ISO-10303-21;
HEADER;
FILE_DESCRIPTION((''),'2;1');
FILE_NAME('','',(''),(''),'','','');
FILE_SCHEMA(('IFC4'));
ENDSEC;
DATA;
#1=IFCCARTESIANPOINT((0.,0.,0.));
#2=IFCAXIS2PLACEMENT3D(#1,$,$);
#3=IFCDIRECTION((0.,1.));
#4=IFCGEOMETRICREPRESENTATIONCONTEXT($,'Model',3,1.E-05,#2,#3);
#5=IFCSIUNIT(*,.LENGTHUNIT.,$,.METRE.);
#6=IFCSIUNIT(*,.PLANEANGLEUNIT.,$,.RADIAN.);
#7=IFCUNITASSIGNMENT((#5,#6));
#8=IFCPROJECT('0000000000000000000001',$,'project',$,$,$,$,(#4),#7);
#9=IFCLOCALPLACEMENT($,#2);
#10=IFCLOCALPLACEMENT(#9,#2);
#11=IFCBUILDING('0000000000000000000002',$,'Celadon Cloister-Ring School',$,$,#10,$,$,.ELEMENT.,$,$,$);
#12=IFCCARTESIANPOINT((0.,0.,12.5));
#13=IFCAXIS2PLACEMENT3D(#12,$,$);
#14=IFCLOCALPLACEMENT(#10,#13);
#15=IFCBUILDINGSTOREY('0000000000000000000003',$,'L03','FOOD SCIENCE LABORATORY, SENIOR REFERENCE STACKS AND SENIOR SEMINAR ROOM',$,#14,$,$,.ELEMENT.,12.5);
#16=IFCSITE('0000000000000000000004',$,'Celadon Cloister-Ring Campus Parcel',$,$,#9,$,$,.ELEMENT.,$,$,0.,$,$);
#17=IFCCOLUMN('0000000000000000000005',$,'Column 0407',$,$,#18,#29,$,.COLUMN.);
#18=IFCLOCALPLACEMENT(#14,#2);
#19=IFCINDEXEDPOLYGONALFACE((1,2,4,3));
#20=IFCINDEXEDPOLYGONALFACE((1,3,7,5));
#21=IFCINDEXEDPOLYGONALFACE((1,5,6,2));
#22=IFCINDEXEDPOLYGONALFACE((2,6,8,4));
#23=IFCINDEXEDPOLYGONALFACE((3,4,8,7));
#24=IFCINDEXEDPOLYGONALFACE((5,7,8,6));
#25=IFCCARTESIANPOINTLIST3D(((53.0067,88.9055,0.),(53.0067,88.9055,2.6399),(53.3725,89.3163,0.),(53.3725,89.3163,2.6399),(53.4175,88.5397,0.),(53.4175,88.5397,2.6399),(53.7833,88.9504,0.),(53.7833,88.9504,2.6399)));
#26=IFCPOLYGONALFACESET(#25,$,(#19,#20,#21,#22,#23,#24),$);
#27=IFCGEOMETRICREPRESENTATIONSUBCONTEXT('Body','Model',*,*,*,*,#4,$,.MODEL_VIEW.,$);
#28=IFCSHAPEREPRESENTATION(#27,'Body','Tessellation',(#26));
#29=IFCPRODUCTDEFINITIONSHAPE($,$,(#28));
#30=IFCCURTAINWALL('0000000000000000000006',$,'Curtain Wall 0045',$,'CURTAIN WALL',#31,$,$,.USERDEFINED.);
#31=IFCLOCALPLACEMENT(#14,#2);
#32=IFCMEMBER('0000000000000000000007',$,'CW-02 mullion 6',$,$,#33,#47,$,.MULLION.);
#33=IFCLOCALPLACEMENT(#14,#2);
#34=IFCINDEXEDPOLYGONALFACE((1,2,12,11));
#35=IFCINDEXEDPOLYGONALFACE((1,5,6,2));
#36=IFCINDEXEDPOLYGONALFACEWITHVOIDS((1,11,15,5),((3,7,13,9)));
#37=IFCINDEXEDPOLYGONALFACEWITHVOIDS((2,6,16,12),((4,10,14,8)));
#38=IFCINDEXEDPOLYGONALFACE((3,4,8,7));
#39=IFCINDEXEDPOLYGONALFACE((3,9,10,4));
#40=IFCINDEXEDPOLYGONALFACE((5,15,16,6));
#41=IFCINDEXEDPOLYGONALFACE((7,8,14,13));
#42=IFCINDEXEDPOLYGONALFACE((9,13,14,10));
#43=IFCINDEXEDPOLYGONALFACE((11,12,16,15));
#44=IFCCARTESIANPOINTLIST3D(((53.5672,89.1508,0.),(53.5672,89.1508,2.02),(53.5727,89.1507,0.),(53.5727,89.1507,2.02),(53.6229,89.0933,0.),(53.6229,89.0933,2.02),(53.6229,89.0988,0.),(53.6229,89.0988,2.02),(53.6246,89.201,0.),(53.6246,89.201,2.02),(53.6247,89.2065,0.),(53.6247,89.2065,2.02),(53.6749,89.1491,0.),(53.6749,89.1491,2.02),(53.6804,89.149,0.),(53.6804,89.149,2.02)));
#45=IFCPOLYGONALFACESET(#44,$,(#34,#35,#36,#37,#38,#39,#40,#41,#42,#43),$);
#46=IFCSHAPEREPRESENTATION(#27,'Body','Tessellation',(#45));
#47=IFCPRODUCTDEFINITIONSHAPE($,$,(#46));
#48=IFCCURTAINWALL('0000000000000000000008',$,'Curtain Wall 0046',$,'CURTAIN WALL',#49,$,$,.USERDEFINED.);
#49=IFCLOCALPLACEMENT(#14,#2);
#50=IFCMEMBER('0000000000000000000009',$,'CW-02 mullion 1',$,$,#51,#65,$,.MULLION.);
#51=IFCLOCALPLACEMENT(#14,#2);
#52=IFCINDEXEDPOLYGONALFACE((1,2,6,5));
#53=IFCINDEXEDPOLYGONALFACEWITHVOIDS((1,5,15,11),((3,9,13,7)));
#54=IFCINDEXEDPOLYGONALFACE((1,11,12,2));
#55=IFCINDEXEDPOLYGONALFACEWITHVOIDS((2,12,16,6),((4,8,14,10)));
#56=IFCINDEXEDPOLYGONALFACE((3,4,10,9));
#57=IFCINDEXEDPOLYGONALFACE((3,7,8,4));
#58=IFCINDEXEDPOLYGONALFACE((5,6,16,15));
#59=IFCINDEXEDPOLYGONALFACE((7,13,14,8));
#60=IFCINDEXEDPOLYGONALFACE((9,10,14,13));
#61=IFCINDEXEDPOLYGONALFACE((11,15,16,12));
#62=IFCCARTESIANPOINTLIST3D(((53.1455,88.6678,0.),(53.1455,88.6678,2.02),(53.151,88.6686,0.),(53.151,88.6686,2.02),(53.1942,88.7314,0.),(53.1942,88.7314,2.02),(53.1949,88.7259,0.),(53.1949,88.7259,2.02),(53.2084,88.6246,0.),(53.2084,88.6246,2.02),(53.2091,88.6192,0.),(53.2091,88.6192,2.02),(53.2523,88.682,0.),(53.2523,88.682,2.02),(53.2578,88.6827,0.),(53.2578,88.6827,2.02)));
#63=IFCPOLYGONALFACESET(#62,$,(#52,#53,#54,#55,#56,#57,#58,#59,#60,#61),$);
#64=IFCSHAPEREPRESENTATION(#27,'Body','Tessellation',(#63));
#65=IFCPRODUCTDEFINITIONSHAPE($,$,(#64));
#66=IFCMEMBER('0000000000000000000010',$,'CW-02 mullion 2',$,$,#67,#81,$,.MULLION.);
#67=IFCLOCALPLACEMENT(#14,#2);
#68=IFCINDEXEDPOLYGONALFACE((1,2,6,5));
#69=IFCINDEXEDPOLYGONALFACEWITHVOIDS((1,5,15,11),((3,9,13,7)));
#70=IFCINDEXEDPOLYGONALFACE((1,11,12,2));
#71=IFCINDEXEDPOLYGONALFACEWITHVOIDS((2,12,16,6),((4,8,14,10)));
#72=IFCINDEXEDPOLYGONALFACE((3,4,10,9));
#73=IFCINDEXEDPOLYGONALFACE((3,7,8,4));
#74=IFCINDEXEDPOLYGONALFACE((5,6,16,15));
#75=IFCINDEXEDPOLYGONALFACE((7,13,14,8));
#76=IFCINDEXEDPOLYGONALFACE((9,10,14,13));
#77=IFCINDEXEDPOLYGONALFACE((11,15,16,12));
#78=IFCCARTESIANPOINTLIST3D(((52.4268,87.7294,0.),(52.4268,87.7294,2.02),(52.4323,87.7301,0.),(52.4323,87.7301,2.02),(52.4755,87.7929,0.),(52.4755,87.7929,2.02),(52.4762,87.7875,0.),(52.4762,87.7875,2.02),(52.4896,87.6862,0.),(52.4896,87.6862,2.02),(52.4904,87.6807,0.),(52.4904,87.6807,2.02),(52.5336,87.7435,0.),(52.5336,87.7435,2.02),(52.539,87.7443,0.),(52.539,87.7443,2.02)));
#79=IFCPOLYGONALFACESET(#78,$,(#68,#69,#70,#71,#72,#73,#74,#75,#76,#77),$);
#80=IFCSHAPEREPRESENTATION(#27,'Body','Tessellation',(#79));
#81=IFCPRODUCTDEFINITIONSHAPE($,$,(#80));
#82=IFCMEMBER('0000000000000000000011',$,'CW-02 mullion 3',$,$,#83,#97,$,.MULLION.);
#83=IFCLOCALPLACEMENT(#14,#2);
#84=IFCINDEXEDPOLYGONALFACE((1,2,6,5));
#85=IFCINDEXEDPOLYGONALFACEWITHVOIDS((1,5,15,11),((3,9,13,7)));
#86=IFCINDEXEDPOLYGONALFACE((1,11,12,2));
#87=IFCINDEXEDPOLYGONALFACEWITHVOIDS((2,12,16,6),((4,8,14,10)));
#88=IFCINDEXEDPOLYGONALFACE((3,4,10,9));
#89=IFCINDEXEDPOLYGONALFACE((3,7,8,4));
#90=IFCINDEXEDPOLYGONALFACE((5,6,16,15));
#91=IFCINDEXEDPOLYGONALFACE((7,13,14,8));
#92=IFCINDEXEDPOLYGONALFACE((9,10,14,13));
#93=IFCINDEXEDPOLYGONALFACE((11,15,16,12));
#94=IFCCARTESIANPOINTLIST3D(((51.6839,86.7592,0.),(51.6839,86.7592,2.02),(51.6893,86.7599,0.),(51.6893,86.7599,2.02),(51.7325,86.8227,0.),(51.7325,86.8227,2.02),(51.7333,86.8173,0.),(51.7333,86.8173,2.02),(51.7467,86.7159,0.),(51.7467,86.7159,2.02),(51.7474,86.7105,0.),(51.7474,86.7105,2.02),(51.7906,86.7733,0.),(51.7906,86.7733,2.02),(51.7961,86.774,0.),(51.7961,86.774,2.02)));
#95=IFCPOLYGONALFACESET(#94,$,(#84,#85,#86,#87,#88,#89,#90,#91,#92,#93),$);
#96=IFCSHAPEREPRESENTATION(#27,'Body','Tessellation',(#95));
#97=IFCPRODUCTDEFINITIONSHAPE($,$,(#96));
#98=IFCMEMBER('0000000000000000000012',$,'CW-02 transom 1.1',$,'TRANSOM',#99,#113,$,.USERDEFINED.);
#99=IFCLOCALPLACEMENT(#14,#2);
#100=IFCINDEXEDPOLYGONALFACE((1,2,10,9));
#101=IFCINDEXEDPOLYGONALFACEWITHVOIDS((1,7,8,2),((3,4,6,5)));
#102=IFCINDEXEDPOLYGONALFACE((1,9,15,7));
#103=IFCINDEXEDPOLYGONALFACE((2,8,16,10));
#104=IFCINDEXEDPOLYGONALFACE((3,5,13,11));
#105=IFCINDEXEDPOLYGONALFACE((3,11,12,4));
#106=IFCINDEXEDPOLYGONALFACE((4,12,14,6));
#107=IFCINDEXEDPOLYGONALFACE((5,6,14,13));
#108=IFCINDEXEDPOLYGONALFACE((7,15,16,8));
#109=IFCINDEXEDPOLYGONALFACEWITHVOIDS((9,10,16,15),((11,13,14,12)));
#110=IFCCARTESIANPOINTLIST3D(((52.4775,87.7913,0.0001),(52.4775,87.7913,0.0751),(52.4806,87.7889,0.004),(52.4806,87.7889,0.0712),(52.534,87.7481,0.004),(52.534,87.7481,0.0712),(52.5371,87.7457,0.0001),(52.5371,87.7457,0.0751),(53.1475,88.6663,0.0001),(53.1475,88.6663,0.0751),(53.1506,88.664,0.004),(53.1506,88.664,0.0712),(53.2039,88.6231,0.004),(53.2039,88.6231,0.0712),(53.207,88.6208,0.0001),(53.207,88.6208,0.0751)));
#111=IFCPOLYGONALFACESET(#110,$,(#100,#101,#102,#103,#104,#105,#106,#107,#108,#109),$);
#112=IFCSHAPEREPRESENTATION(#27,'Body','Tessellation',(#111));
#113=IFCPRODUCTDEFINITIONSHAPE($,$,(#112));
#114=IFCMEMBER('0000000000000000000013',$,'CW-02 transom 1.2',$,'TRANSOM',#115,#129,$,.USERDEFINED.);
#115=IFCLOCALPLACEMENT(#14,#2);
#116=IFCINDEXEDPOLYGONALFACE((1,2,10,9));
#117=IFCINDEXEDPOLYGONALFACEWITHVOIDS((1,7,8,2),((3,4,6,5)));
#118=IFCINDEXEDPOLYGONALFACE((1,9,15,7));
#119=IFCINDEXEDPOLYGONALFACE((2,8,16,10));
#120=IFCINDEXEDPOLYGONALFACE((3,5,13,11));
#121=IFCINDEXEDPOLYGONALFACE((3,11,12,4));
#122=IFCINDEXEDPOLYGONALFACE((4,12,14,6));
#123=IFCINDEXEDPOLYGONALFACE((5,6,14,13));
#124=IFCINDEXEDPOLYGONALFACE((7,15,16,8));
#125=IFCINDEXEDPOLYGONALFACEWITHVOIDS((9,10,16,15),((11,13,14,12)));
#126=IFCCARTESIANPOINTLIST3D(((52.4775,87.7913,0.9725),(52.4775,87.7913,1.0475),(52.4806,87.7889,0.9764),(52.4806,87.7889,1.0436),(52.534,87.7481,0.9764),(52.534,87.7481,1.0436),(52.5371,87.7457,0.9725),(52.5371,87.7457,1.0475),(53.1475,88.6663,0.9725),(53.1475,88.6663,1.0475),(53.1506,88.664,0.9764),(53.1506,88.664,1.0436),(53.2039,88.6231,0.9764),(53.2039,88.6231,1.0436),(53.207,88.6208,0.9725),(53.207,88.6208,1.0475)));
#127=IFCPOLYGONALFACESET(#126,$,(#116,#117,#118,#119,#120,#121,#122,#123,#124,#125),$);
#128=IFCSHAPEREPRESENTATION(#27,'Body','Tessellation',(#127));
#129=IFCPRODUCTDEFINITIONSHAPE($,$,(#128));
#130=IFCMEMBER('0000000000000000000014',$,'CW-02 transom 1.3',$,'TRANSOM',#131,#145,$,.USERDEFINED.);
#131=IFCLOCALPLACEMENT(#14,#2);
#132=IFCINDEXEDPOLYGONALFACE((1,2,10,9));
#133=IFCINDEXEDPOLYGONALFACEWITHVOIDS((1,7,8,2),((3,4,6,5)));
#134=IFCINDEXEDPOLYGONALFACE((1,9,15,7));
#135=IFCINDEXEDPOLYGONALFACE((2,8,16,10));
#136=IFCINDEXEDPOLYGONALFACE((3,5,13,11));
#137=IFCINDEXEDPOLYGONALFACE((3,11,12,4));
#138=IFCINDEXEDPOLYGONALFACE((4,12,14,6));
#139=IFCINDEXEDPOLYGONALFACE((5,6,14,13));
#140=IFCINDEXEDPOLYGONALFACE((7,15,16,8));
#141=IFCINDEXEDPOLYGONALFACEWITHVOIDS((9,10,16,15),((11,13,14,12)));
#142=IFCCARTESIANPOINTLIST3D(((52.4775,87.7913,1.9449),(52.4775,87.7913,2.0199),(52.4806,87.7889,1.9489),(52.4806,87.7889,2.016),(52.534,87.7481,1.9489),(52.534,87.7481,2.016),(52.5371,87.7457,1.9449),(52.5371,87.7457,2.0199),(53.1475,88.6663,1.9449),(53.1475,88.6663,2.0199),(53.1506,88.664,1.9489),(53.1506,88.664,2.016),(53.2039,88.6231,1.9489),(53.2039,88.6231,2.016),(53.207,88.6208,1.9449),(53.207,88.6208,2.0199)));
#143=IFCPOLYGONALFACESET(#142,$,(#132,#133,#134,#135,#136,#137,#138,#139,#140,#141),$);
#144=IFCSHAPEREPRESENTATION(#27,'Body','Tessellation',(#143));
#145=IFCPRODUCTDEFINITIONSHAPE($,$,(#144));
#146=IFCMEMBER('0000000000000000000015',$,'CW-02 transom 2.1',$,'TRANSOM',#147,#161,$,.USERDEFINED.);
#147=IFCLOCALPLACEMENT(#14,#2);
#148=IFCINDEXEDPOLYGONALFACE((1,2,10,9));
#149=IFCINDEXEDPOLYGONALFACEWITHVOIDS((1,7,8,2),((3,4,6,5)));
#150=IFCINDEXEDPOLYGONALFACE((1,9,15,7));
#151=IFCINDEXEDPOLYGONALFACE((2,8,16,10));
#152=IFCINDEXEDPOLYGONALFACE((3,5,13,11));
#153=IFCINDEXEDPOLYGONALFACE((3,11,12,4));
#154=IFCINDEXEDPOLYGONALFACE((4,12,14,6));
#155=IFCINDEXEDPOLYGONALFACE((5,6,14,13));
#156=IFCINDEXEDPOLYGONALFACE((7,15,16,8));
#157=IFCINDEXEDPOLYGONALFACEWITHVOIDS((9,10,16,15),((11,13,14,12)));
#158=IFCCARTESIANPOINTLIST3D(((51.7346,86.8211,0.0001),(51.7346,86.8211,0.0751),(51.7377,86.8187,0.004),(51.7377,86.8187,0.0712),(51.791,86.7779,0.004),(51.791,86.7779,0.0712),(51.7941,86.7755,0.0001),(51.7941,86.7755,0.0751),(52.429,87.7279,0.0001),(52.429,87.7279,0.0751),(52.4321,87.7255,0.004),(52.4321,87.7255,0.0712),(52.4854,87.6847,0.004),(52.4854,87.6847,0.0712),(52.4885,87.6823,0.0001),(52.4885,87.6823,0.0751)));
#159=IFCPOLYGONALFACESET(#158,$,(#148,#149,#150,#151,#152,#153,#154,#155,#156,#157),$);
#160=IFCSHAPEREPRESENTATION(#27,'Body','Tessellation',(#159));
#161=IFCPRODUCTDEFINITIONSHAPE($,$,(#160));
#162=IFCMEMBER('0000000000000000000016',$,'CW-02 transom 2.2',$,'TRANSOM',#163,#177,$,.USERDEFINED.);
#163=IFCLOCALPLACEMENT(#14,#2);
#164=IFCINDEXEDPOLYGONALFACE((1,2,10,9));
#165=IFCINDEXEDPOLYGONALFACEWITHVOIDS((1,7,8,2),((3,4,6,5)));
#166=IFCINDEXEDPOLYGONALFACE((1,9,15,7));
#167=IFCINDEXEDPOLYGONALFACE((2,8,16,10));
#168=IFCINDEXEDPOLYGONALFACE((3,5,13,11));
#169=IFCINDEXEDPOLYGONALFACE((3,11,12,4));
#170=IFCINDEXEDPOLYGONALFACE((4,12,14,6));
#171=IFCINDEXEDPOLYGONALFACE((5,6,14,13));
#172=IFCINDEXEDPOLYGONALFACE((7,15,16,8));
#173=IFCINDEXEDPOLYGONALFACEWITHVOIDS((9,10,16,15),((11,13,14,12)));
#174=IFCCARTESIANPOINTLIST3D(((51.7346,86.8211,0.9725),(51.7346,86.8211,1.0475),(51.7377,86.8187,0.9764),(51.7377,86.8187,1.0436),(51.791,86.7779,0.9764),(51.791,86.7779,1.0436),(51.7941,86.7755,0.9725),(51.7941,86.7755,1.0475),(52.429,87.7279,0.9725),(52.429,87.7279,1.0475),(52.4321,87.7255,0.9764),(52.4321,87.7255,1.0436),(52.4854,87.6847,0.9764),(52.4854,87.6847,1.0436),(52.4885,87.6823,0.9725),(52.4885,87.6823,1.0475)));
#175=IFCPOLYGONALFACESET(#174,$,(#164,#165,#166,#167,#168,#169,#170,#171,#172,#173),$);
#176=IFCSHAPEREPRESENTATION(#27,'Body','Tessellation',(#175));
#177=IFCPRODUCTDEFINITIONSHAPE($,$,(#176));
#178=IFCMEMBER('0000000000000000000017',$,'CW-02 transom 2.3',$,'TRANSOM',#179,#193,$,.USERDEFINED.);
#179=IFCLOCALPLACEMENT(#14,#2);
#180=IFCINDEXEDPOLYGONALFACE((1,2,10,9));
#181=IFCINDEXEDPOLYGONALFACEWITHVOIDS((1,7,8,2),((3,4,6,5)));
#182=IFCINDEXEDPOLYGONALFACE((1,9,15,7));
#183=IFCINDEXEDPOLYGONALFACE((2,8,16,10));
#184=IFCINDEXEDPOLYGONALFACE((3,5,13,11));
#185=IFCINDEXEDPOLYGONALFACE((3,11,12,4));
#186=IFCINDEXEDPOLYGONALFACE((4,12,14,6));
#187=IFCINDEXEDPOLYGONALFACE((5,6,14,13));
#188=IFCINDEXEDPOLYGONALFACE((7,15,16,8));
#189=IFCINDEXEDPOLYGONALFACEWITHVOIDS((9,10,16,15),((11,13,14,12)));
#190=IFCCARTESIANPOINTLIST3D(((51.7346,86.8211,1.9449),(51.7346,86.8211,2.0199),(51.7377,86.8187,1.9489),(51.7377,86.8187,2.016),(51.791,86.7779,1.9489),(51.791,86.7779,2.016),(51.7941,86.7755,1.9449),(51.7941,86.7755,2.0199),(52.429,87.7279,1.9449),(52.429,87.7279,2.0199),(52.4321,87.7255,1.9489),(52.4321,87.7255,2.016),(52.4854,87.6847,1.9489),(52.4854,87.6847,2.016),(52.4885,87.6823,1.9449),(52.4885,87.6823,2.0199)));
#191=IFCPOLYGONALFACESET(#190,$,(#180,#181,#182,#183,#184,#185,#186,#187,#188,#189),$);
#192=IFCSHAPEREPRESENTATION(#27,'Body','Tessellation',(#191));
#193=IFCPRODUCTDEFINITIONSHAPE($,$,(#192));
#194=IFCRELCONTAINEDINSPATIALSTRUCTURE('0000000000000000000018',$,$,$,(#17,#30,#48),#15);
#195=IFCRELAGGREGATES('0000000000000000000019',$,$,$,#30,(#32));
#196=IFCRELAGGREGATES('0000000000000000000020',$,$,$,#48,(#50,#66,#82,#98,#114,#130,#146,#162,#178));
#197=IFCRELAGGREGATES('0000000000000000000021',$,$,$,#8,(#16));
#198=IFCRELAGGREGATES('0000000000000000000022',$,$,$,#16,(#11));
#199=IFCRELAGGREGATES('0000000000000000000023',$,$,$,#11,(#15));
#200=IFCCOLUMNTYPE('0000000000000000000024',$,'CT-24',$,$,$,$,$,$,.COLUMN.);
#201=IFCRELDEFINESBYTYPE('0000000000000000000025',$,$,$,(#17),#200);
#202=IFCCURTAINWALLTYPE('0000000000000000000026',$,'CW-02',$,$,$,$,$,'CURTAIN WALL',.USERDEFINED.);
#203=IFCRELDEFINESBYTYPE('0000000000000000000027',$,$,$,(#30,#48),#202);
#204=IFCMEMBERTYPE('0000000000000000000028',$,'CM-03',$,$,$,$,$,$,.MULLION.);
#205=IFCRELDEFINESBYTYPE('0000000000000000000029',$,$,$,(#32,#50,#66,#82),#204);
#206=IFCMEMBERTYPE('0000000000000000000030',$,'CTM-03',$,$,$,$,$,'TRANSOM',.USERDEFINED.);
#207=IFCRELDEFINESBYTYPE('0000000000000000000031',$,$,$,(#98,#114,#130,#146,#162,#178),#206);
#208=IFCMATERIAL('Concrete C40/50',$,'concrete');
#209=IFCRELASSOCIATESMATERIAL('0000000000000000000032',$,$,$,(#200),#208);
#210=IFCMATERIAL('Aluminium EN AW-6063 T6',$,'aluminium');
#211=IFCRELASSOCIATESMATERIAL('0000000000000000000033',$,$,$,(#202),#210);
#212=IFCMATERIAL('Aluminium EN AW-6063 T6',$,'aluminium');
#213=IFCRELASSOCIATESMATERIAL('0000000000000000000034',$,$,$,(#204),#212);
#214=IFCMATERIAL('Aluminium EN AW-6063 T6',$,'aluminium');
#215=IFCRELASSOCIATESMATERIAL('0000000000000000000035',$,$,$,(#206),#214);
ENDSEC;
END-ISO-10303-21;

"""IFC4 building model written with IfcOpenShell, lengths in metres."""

from ifc_helpers import new_model, si_unit, direction, frame, origin, origin_2d, place, context, subcontext, project, spatial, rectangle, hollow_rectangle, extrude, material, material_profile, profile_set, type_object, element, aggregate, save


model = new_model("IFC4")

# Units and contexts
model_context = context("Model", 3, precision=1e-05, world=origin(), true_north=direction((0.0, 1.0)))
body_context = subcontext(model_context, "Body", "Model", "MODEL_VIEW")
ifc_project = project(units=[si_unit("LENGTHUNIT", "METRE"), si_unit("PLANEANGLEUNIT", "RADIAN")], contexts=[model_context])

# Site, building, storey
site_placement = place(None, origin())
site = spatial("IfcSite", under=ifc_project, at=site_placement, Name="Celadon Cloister-Ring Campus Parcel", CompositionType="ELEMENT", RefElevation=0.0)
building_placement = place(site_placement, origin())
building = spatial("IfcBuilding", under=site, at=building_placement, Name="Celadon Cloister-Ring School", CompositionType="ELEMENT")
storey_placement = place(building_placement, frame((0.0, 0.0, 12.5)))
storey = spatial("IfcBuildingStorey", under=building, at=storey_placement, Name="L03", Description="FOOD SCIENCE LABORATORY, SENIOR REFERENCE STACKS AND SENIOR SEMINAR ROOM", CompositionType="ELEMENT", Elevation=12.5)

# Column
ifc_material_1 = material(Name="Concrete C40/50", Category="concrete")
ifc_material_profile_1 = material_profile(ifc_material_1, rectangle(XDim=0.55, YDim=0.55, at=origin_2d()), Name="RC550X550")
ifc_profile_set_1 = profile_set([ifc_material_profile_1], Name="Concrete C40/50")
column_type = type_object("IfcColumnType", Name="CT-24", PredefinedType="COLUMN", material=ifc_profile_set_1)
column_placement = place(storey_placement, frame((53.395, 88.928, 0.0), z_axis=(0.0, 0.0, 1.0), x_axis=(-0.746777, 0.665074, 0.0)))
element("IfcColumn", 1, at=column_placement, inside=storey, type_object=column_type, Name="Column 0407", PredefinedType="COLUMN", context=body_context, shape_type="SweptSolid", body=[
    extrude(rectangle(XDim=0.55, YDim=0.55, at=origin_2d()), origin(), (0.0, 0.0, 1.0), 2.6399),
])

# Curtain wall, member
ifc_material_2 = material(Name="Aluminium EN AW-6063 T6", Category="aluminium")
curtain_wall_type = type_object("IfcCurtainWallType", Name="CW-02", ElementType="CURTAIN WALL", PredefinedType="USERDEFINED", material=ifc_material_2)
curtain_wall_1_placement = place(storey_placement, origin())
curtain_wall_1 = element("IfcCurtainWall", 2, at=curtain_wall_1_placement, inside=storey, type_object=curtain_wall_type, Name="Curtain Wall 0045", ObjectType="CURTAIN WALL", PredefinedType="USERDEFINED")
ifc_material_3 = material(Name="Aluminium EN AW-6063 T6", Category="aluminium")
ifc_material_profile_2 = material_profile(ifc_material_3, hollow_rectangle(XDim=0.0801, YDim=0.0801, WallThickness=0.0039, at=origin_2d()), Name="RHS80X80X4")
ifc_profile_set_2 = profile_set([ifc_material_profile_2], Name="Aluminium EN AW-6063 T6")
member_type_1 = type_object("IfcMemberType", Name="CM-03", PredefinedType="MULLION", material=ifc_profile_set_2)
member_1_placement = place(storey_placement, frame((53.6238, 89.1499, 0.0), z_axis=(0.0, 0.0, 1.0), x_axis=(0.695473, -0.718552, 0.0)))
member_1 = element("IfcMember", 3, at=member_1_placement, type_object=member_type_1, Name="CW-02 mullion 6", PredefinedType="MULLION", context=body_context, shape_type="SweptSolid", body=[
    extrude(hollow_rectangle(XDim=0.0801, YDim=0.0801, WallThickness=0.0039, at=origin_2d()), origin(), (0.0, 0.0, 1.0), 2.02),
])
aggregate(curtain_wall_1, [member_1])

# Curtain wall, members
curtain_wall_2_placement = place(storey_placement, origin())
curtain_wall_2 = element("IfcCurtainWall", 4, at=curtain_wall_2_placement, inside=storey, type_object=curtain_wall_type, Name="Curtain Wall 0046", ObjectType="CURTAIN WALL", PredefinedType="USERDEFINED")
member_2_placement = place(storey_placement, frame((53.2017, 88.6753, 0.0), z_axis=(0.0, 0.0, 1.0), x_axis=(0.79393, -0.608009, 0.0)))
member_2 = element("IfcMember", 5, at=member_2_placement, type_object=member_type_1, Name="CW-02 mullion 1", PredefinedType="MULLION", context=body_context, shape_type="SweptSolid", body=[
    extrude(hollow_rectangle(XDim=0.0801, YDim=0.0801, WallThickness=0.0039, at=origin_2d()), origin(), (0.0, 0.0, 1.0), 2.02),
])
member_3_placement = place(storey_placement, frame((52.4829, 87.7368, 0.0), z_axis=(0.0, 0.0, 1.0), x_axis=(0.79393, -0.608009, 0.0)))
member_3 = element("IfcMember", 6, at=member_3_placement, type_object=member_type_1, Name="CW-02 mullion 2", PredefinedType="MULLION", context=body_context, shape_type="SweptSolid", body=[
    extrude(hollow_rectangle(XDim=0.0801, YDim=0.0801, WallThickness=0.0039, at=origin_2d()), origin(), (0.0, 0.0, 1.0), 2.02),
])
member_4_placement = place(storey_placement, frame((51.74, 86.7666, 0.0), z_axis=(0.0, 0.0, 1.0), x_axis=(0.79393, -0.608009, 0.0)))
member_4 = element("IfcMember", 7, at=member_4_placement, type_object=member_type_1, Name="CW-02 mullion 3", PredefinedType="MULLION", context=body_context, shape_type="SweptSolid", body=[
    extrude(hollow_rectangle(XDim=0.0801, YDim=0.0801, WallThickness=0.0039, at=origin_2d()), origin(), (0.0, 0.0, 1.0), 2.02),
])
ifc_material_4 = material(Name="Aluminium EN AW-6063 T6", Category="aluminium")
ifc_material_profile_3 = material_profile(ifc_material_4, hollow_rectangle(XDim=0.075, YDim=0.075, WallThickness=0.0039, at=origin_2d()), Name="RHS75X75X4")
ifc_profile_set_3 = profile_set([ifc_material_profile_3], Name="Aluminium EN AW-6063 T6")
member_type_2 = type_object("IfcMemberType", Name="CTM-03", ElementType="TRANSOM", PredefinedType="USERDEFINED", material=ifc_profile_set_3)
member_5_placement = place(storey_placement, frame((53.1772, 88.6436, 0.0376), z_axis=(-0.607911, -0.794006, 0.0), x_axis=(0.794006, -0.607911, 0.0)))
member_5 = element("IfcMember", 8, at=member_5_placement, type_object=member_type_2, Name="CW-02 transom 1.1", ObjectType="TRANSOM", PredefinedType="USERDEFINED", context=body_context, shape_type="SweptSolid", body=[
    extrude(hollow_rectangle(XDim=0.075, YDim=0.075, WallThickness=0.0039, at=origin_2d()), origin(), (0.0, 0.0, 1.0), 1.1021),
])
member_6_placement = place(storey_placement, frame((53.1772, 88.6436, 1.01), z_axis=(-0.607911, -0.794006, 0.0), x_axis=(0.794006, -0.607911, 0.0)))
member_6 = element("IfcMember", 9, at=member_6_placement, type_object=member_type_2, Name="CW-02 transom 1.2", ObjectType="TRANSOM", PredefinedType="USERDEFINED", context=body_context, shape_type="SweptSolid", body=[
    extrude(hollow_rectangle(XDim=0.075, YDim=0.075, WallThickness=0.0039, at=origin_2d()), origin(), (0.0, 0.0, 1.0), 1.1021),
])
member_7_placement = place(storey_placement, frame((53.1772, 88.6436, 1.9824), z_axis=(-0.607911, -0.794006, 0.0), x_axis=(0.794006, -0.607911, 0.0)))
member_7 = element("IfcMember", 10, at=member_7_placement, type_object=member_type_2, Name="CW-02 transom 1.3", ObjectType="TRANSOM", PredefinedType="USERDEFINED", context=body_context, shape_type="SweptSolid", body=[
    extrude(hollow_rectangle(XDim=0.075, YDim=0.075, WallThickness=0.0039, at=origin_2d()), origin(), (0.0, 0.0, 1.0), 1.1021),
])
member_8_placement = place(storey_placement, frame((52.4587, 87.7051, 0.0376), z_axis=(-0.607974, -0.793957, 0.0), x_axis=(0.793957, -0.607974, 0.0)))
member_8 = element("IfcMember", 11, at=member_8_placement, type_object=member_type_2, Name="CW-02 transom 2.1", ObjectType="TRANSOM", PredefinedType="USERDEFINED", context=body_context, shape_type="SweptSolid", body=[
    extrude(hollow_rectangle(XDim=0.075, YDim=0.075, WallThickness=0.0039, at=origin_2d()), origin(), (0.0, 0.0, 1.0), 1.1421),
])
member_9_placement = place(storey_placement, frame((52.4587, 87.7051, 1.01), z_axis=(-0.607974, -0.793957, 0.0), x_axis=(0.793957, -0.607974, 0.0)))
member_9 = element("IfcMember", 12, at=member_9_placement, type_object=member_type_2, Name="CW-02 transom 2.2", ObjectType="TRANSOM", PredefinedType="USERDEFINED", context=body_context, shape_type="SweptSolid", body=[
    extrude(hollow_rectangle(XDim=0.075, YDim=0.075, WallThickness=0.0039, at=origin_2d()), origin(), (0.0, 0.0, 1.0), 1.1421),
])
member_10_placement = place(storey_placement, frame((52.4587, 87.7051, 1.9824), z_axis=(-0.607974, -0.793957, 0.0), x_axis=(0.793957, -0.607974, 0.0)))
member_10 = element("IfcMember", 13, at=member_10_placement, type_object=member_type_2, Name="CW-02 transom 2.3", ObjectType="TRANSOM", PredefinedType="USERDEFINED", context=body_context, shape_type="SweptSolid", body=[
    extrude(hollow_rectangle(XDim=0.075, YDim=0.075, WallThickness=0.0039, at=origin_2d()), origin(), (0.0, 0.0, 1.0), 1.1421),
])

aggregate(curtain_wall_2, [member_2, member_3, member_4, member_5, member_6, member_7, member_8, member_9, member_10])

save(model, "model.ifc")
